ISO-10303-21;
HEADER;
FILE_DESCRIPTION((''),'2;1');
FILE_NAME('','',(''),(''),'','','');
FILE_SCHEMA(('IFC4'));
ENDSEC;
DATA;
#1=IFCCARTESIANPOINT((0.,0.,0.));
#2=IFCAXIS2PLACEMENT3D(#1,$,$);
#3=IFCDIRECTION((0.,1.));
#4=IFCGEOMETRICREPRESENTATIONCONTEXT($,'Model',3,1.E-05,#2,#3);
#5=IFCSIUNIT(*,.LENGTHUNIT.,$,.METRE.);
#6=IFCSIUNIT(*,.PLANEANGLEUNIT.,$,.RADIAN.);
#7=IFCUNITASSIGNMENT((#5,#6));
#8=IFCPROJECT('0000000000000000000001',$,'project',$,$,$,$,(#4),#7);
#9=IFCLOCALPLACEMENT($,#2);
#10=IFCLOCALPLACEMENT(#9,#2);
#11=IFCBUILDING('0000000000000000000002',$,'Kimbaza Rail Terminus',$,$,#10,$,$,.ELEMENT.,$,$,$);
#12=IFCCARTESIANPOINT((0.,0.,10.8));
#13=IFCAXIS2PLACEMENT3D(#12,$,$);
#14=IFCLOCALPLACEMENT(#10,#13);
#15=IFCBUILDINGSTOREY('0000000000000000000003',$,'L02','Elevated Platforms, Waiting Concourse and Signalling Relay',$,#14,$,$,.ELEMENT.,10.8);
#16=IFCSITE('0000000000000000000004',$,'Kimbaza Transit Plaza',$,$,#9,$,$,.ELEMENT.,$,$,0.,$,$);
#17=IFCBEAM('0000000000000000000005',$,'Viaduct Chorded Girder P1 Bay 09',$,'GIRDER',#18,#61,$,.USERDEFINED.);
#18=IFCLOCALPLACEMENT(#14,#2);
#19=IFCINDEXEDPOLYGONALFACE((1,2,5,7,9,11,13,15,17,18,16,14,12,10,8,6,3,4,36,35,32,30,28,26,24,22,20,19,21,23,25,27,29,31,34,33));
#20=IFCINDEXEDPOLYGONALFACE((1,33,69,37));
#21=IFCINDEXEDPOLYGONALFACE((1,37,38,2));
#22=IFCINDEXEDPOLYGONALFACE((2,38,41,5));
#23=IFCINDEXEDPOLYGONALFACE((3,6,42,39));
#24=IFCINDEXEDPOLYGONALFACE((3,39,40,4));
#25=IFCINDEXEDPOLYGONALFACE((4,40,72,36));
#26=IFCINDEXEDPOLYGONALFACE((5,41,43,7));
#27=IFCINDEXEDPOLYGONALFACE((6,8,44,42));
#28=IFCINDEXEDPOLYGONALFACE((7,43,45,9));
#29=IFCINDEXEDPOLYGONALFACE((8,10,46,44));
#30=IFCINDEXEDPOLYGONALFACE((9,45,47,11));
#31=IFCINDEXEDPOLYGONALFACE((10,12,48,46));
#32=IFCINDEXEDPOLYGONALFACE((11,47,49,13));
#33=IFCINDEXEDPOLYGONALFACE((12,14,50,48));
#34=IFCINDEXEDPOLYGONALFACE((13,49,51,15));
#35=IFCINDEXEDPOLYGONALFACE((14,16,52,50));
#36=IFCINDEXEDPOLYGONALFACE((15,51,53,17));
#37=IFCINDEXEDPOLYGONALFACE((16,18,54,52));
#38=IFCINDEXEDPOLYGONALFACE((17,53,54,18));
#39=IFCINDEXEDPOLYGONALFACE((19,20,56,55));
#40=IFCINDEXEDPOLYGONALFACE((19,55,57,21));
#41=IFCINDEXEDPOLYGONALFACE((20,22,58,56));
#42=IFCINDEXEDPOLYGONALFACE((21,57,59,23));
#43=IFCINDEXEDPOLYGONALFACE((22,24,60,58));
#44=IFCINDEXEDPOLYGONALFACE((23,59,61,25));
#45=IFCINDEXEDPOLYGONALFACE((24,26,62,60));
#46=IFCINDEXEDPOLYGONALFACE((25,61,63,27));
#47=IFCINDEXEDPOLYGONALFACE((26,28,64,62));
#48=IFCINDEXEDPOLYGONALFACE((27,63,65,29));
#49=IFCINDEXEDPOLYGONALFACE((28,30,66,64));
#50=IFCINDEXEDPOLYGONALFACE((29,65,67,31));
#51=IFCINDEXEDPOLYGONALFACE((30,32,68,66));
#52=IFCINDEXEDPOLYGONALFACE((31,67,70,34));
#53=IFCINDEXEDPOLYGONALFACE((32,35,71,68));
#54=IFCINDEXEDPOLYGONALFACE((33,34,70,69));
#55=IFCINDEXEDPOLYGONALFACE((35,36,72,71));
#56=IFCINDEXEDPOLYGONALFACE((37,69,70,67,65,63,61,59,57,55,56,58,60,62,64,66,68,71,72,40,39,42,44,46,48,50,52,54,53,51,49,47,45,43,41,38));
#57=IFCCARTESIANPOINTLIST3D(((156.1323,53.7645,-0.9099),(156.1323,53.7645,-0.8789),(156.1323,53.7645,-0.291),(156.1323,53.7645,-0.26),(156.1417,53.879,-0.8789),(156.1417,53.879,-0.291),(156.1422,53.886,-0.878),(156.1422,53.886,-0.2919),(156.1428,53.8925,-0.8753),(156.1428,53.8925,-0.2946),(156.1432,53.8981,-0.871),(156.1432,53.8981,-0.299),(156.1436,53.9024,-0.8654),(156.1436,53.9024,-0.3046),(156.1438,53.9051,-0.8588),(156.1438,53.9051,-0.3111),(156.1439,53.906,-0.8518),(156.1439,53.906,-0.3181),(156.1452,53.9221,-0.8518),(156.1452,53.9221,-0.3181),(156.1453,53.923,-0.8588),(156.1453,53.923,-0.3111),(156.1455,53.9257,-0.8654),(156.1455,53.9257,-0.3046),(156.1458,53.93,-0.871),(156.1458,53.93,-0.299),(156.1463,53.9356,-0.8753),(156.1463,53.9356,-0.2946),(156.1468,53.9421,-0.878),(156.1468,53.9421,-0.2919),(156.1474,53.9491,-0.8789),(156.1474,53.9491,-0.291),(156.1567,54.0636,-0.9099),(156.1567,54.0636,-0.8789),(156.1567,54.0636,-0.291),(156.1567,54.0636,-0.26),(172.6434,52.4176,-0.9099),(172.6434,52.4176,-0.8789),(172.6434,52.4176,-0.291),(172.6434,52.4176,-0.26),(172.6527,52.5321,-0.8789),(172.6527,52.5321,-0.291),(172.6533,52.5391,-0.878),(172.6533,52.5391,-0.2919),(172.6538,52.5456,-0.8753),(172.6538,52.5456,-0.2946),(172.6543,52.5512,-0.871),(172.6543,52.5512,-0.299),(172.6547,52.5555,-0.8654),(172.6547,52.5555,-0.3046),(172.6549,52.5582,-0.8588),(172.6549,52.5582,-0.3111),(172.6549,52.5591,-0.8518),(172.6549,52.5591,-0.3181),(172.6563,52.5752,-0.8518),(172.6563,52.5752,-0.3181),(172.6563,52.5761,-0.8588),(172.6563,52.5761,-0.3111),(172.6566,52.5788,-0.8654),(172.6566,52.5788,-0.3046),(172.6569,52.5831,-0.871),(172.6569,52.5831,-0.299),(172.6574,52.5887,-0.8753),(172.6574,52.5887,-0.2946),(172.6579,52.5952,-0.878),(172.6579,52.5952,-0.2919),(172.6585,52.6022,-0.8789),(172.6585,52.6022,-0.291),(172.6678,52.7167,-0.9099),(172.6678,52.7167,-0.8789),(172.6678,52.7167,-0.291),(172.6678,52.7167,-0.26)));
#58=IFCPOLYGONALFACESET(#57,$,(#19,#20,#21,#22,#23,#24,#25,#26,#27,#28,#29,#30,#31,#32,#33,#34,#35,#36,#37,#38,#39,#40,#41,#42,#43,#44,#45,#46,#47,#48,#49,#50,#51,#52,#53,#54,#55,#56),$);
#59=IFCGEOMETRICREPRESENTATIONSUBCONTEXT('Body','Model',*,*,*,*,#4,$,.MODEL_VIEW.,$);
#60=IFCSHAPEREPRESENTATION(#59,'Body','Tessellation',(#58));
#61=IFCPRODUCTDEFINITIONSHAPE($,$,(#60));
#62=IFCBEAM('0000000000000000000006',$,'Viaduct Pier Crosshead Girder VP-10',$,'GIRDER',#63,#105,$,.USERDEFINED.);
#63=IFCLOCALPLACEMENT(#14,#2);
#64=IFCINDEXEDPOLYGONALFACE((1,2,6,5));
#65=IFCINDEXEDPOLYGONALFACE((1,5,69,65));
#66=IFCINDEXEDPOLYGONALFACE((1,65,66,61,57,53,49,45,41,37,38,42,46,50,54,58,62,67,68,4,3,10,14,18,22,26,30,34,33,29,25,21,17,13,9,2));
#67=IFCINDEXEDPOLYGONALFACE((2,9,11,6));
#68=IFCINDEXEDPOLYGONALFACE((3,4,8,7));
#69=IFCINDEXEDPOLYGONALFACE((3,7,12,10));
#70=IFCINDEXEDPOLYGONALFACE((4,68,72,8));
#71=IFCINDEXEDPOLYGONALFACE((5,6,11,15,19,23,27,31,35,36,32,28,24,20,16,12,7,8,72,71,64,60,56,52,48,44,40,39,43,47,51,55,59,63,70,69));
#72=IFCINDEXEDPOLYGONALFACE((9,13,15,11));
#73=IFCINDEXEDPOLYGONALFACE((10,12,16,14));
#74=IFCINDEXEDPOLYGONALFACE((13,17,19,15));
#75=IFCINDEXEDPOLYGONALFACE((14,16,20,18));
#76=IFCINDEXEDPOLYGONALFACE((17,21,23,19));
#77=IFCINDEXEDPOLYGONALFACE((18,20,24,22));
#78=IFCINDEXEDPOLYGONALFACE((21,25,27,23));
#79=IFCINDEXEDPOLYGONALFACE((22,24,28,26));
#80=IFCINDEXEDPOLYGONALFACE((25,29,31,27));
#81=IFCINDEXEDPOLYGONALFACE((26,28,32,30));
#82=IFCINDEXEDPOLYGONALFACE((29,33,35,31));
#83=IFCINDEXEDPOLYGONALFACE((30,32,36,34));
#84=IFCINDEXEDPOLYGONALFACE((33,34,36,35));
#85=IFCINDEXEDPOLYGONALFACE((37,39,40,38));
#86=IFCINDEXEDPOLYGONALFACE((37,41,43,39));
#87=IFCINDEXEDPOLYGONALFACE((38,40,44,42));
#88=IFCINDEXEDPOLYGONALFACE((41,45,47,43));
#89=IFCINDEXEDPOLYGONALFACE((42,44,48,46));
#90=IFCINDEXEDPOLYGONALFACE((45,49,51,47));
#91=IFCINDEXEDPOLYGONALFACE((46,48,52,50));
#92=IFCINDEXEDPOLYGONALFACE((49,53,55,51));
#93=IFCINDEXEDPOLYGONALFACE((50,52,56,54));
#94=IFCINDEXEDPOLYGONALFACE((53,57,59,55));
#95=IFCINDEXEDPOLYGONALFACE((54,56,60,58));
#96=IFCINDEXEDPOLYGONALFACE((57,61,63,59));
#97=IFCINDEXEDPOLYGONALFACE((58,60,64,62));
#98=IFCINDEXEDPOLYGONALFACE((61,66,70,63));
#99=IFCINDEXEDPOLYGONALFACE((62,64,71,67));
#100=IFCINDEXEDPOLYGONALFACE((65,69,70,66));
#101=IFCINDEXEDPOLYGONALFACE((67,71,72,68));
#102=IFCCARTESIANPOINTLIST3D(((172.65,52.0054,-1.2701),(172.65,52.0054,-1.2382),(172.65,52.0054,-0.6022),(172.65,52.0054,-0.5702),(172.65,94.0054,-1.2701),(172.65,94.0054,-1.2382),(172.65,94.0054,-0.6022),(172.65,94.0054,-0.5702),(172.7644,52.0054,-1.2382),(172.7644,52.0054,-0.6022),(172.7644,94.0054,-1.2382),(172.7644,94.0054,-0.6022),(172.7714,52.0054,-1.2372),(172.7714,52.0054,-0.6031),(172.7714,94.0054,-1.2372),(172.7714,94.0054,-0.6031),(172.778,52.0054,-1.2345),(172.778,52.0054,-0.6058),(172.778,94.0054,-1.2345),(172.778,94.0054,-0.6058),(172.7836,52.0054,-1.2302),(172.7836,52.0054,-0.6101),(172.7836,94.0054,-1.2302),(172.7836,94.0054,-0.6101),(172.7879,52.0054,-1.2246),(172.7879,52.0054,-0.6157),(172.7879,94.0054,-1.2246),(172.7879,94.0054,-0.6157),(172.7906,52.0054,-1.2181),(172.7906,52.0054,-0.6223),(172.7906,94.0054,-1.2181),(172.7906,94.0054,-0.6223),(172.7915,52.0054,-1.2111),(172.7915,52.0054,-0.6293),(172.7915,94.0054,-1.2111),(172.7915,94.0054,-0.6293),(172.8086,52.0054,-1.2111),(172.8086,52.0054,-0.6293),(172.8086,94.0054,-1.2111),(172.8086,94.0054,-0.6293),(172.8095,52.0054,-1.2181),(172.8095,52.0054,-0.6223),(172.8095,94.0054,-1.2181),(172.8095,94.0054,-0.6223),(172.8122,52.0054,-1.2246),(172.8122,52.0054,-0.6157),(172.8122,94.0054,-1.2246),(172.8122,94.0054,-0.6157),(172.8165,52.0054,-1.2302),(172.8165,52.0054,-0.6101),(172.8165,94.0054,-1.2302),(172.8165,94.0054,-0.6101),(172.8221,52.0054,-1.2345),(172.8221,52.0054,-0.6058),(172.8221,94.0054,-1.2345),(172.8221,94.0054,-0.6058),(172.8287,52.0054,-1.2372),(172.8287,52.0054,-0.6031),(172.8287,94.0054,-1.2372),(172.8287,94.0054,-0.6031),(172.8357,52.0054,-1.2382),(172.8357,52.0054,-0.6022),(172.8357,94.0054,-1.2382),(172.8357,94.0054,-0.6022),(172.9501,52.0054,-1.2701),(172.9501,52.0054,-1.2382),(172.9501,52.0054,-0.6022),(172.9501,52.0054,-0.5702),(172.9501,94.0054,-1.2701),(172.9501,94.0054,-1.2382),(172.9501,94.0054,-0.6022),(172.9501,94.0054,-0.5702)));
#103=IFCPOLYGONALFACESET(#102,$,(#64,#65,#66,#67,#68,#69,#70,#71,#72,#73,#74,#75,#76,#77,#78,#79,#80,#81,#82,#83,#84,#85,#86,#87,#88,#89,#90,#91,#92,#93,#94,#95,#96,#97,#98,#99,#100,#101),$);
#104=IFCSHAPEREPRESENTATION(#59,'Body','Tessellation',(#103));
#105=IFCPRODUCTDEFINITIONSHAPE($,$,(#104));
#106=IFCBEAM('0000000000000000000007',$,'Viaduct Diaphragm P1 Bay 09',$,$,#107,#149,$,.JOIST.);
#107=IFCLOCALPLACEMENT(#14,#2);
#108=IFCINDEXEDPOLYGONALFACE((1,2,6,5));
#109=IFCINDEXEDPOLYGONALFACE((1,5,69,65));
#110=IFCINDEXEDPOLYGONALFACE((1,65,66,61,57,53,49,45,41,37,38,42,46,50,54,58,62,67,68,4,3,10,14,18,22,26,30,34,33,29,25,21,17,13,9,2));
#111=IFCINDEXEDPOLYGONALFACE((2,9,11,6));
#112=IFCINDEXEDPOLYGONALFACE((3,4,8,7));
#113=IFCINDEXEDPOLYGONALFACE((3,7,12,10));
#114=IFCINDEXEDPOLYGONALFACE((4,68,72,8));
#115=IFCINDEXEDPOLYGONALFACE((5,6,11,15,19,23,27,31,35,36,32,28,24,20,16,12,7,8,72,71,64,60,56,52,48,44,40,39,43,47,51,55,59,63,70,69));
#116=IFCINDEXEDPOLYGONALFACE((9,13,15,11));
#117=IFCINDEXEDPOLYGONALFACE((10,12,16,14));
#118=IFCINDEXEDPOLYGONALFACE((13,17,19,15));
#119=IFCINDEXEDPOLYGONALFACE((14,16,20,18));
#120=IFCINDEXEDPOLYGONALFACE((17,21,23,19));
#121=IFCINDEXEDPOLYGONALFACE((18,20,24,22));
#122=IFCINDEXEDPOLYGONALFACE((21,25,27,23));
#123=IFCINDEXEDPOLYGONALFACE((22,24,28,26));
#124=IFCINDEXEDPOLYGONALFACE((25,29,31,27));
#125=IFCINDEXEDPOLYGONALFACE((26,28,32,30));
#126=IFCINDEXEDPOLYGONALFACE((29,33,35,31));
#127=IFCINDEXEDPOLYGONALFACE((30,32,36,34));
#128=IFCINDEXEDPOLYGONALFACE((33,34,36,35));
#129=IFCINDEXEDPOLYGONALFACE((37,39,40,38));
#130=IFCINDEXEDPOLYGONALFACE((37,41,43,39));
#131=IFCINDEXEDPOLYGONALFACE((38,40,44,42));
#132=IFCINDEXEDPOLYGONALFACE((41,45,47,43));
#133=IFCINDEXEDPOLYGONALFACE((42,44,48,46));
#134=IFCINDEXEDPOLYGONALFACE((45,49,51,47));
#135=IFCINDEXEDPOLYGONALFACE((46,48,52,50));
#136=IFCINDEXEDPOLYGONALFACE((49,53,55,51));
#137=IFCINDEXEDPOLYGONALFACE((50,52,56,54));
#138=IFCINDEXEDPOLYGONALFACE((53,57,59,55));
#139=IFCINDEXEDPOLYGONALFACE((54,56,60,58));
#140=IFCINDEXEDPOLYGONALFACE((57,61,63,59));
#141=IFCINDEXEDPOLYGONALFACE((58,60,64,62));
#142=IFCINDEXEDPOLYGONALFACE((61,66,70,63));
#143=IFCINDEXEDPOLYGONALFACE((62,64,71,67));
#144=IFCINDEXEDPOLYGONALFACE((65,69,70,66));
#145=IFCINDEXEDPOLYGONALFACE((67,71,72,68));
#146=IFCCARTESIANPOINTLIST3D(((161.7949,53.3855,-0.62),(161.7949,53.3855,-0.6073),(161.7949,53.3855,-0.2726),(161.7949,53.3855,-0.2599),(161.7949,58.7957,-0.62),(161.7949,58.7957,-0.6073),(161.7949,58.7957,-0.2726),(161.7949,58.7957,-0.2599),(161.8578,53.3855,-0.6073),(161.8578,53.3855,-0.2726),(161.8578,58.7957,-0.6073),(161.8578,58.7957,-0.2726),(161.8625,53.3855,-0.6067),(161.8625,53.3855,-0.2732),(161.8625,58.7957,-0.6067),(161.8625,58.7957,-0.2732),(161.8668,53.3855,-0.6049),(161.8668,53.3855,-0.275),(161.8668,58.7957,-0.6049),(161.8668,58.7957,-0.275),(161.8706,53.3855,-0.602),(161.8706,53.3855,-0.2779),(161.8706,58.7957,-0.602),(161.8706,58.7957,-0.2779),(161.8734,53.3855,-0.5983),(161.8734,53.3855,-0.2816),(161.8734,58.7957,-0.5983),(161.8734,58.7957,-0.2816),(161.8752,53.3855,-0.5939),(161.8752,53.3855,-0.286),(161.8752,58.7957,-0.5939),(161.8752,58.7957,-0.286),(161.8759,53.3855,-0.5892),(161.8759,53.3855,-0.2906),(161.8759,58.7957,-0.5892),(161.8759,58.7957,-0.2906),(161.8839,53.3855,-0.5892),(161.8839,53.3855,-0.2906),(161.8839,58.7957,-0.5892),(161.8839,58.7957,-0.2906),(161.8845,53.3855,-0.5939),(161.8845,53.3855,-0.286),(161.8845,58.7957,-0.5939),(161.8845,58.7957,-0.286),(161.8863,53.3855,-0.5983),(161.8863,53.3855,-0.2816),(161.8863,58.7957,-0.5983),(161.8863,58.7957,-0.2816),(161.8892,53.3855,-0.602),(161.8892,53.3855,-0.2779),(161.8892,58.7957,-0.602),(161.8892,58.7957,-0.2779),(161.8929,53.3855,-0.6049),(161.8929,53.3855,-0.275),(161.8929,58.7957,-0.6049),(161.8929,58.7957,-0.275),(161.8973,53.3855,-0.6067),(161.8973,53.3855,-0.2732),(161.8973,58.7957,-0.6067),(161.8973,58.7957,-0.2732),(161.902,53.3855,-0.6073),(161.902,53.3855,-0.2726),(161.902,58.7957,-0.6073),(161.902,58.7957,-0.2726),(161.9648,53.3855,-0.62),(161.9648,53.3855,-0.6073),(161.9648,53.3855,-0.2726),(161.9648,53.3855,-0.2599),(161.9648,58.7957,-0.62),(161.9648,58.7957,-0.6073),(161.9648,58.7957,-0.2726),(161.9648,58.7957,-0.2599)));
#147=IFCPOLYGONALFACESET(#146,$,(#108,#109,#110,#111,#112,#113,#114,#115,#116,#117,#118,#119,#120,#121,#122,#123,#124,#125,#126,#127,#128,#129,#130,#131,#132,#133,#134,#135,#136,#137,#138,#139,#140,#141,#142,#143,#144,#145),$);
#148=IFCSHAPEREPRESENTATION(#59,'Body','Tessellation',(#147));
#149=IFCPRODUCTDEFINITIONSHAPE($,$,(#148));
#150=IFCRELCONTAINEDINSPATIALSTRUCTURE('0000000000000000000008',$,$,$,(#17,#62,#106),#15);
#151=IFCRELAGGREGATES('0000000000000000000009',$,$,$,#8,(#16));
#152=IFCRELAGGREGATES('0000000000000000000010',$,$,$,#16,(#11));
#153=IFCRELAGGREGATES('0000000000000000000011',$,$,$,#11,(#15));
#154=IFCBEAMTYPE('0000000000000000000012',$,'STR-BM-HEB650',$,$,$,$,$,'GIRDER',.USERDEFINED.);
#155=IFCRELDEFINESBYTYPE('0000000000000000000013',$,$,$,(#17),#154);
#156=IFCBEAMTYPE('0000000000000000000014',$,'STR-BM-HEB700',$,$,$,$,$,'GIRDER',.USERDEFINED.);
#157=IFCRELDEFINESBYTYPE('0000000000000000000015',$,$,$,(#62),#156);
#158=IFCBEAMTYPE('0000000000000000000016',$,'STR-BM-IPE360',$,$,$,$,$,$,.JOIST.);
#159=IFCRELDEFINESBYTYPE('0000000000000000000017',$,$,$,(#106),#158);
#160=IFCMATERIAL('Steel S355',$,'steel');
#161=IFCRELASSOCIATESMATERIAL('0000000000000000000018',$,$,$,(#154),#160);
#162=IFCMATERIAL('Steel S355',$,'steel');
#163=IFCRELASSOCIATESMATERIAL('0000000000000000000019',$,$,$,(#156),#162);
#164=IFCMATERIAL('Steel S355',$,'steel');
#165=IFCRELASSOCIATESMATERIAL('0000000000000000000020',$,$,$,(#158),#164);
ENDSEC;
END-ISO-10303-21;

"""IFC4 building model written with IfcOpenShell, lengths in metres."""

from ifc_helpers import new_model, si_unit, direction, frame, origin, origin_2d, place, context, subcontext, project, spatial, i_section, extrude, material, material_profile, profile_set, type_object, element, save


model = new_model("IFC4")

# Units and contexts
model_context = context("Model", 3, precision=1e-05, world=origin(), true_north=direction((0.0, 1.0)))
body_context = subcontext(model_context, "Body", "Model", "MODEL_VIEW")
ifc_project = project(units=[si_unit("LENGTHUNIT", "METRE"), si_unit("PLANEANGLEUNIT", "RADIAN")], contexts=[model_context])

# Site, building, storey
site_placement = place(None, origin())
site = spatial("IfcSite", under=ifc_project, at=site_placement, Name="Kimbaza Transit Plaza", CompositionType="ELEMENT", RefElevation=0.0)
building_placement = place(site_placement, origin())
building = spatial("IfcBuilding", under=site, at=building_placement, Name="Kimbaza Rail Terminus", CompositionType="ELEMENT")
storey_placement = place(building_placement, frame((0.0, 0.0, 10.8)))
storey = spatial("IfcBuildingStorey", under=building, at=storey_placement, Name="L02", Description="Elevated Platforms, Waiting Concourse and Signalling Relay", CompositionType="ELEMENT", Elevation=10.8)

# Beams
ifc_material_1 = material(Name="Steel S355", Category="steel")
ifc_material_profile_1 = material_profile(ifc_material_1, i_section(OverallWidth=0.3, OverallDepth=0.6499, WebThickness=0.0161, FlangeThickness=0.031, FilletRadius=0.0271, at=origin_2d()), Name="HEB 650")
ifc_profile_set_1 = profile_set([ifc_material_profile_1], Name="Steel S355")
beam_type_1 = type_object("IfcBeamType", Name="STR-BM-HEB650", ElementType="GIRDER", PredefinedType="USERDEFINED", material=ifc_profile_set_1)
beam_1_placement = place(storey_placement, frame((156.1445, 53.9141, -0.585), z_axis=(0.996689, -0.081307, 0.0), x_axis=(0.081307, 0.996689, 0.0)))
element("IfcBeam", 1, at=beam_1_placement, inside=storey, type_object=beam_type_1, Name="Viaduct Chorded Girder P1 Bay 09", ObjectType="GIRDER", PredefinedType="USERDEFINED", context=body_context, shape_type="SweptSolid", body=[
    extrude(i_section(OverallWidth=0.3, OverallDepth=0.6499, WebThickness=0.0161, FlangeThickness=0.031, FilletRadius=0.0271, at=origin_2d()), origin(), (0.0, 0.0, 1.0), 16.5659),
])
ifc_material_2 = material(Name="Steel S355", Category="steel")
ifc_material_profile_2 = material_profile(ifc_material_2, i_section(OverallWidth=0.3, OverallDepth=0.7, WebThickness=0.0171, FlangeThickness=0.032, FilletRadius=0.0271, at=origin_2d()), Name="HEB 700")
ifc_profile_set_2 = profile_set([ifc_material_profile_2], Name="Steel S355")
beam_type_2 = type_object("IfcBeamType", Name="STR-BM-HEB700", ElementType="GIRDER", PredefinedType="USERDEFINED", material=ifc_profile_set_2)
beam_2_placement = place(storey_placement, frame((172.8, 52.0054, -0.9202), z_axis=(0.0, 1.0, 0.0), x_axis=(-1.0, 0.0, 0.0)))
element("IfcBeam", 2, at=beam_2_placement, inside=storey, type_object=beam_type_2, Name="Viaduct Pier Crosshead Girder VP-10", ObjectType="GIRDER", PredefinedType="USERDEFINED", context=body_context, shape_type="SweptSolid", body=[
    extrude(i_section(OverallWidth=0.3, OverallDepth=0.7, WebThickness=0.0171, FlangeThickness=0.032, FilletRadius=0.0271, at=origin_2d()), origin(), (0.0, 0.0, 1.0), 42.0),
])
ifc_material_3 = material(Name="Steel S355", Category="steel")
ifc_material_profile_3 = material_profile(ifc_material_3, i_section(OverallWidth=0.1699, OverallDepth=0.3601, WebThickness=0.0081, FlangeThickness=0.0127, FilletRadius=0.0181, at=origin_2d()), Name="IPE 360")
ifc_profile_set_3 = profile_set([ifc_material_profile_3], Name="Steel S355")
beam_type_3 = type_object("IfcBeamType", Name="STR-BM-IPE360", PredefinedType="JOIST", material=ifc_profile_set_3)
beam_3_placement = place(storey_placement, frame((161.8799, 53.3855, -0.4399), z_axis=(0.0, 1.0, 0.0), x_axis=(-1.0, 0.0, 0.0)))
element("IfcBeam", 3, at=beam_3_placement, inside=storey, type_object=beam_type_3, Name="Viaduct Diaphragm P1 Bay 09", PredefinedType="JOIST", context=body_context, shape_type="SweptSolid", body=[
    extrude(i_section(OverallWidth=0.1699, OverallDepth=0.3601, WebThickness=0.0081, FlangeThickness=0.0127, FilletRadius=0.0181, at=origin_2d()), origin(), (0.0, 0.0, 1.0), 5.4102),
])

save(model, "model.ifc")
